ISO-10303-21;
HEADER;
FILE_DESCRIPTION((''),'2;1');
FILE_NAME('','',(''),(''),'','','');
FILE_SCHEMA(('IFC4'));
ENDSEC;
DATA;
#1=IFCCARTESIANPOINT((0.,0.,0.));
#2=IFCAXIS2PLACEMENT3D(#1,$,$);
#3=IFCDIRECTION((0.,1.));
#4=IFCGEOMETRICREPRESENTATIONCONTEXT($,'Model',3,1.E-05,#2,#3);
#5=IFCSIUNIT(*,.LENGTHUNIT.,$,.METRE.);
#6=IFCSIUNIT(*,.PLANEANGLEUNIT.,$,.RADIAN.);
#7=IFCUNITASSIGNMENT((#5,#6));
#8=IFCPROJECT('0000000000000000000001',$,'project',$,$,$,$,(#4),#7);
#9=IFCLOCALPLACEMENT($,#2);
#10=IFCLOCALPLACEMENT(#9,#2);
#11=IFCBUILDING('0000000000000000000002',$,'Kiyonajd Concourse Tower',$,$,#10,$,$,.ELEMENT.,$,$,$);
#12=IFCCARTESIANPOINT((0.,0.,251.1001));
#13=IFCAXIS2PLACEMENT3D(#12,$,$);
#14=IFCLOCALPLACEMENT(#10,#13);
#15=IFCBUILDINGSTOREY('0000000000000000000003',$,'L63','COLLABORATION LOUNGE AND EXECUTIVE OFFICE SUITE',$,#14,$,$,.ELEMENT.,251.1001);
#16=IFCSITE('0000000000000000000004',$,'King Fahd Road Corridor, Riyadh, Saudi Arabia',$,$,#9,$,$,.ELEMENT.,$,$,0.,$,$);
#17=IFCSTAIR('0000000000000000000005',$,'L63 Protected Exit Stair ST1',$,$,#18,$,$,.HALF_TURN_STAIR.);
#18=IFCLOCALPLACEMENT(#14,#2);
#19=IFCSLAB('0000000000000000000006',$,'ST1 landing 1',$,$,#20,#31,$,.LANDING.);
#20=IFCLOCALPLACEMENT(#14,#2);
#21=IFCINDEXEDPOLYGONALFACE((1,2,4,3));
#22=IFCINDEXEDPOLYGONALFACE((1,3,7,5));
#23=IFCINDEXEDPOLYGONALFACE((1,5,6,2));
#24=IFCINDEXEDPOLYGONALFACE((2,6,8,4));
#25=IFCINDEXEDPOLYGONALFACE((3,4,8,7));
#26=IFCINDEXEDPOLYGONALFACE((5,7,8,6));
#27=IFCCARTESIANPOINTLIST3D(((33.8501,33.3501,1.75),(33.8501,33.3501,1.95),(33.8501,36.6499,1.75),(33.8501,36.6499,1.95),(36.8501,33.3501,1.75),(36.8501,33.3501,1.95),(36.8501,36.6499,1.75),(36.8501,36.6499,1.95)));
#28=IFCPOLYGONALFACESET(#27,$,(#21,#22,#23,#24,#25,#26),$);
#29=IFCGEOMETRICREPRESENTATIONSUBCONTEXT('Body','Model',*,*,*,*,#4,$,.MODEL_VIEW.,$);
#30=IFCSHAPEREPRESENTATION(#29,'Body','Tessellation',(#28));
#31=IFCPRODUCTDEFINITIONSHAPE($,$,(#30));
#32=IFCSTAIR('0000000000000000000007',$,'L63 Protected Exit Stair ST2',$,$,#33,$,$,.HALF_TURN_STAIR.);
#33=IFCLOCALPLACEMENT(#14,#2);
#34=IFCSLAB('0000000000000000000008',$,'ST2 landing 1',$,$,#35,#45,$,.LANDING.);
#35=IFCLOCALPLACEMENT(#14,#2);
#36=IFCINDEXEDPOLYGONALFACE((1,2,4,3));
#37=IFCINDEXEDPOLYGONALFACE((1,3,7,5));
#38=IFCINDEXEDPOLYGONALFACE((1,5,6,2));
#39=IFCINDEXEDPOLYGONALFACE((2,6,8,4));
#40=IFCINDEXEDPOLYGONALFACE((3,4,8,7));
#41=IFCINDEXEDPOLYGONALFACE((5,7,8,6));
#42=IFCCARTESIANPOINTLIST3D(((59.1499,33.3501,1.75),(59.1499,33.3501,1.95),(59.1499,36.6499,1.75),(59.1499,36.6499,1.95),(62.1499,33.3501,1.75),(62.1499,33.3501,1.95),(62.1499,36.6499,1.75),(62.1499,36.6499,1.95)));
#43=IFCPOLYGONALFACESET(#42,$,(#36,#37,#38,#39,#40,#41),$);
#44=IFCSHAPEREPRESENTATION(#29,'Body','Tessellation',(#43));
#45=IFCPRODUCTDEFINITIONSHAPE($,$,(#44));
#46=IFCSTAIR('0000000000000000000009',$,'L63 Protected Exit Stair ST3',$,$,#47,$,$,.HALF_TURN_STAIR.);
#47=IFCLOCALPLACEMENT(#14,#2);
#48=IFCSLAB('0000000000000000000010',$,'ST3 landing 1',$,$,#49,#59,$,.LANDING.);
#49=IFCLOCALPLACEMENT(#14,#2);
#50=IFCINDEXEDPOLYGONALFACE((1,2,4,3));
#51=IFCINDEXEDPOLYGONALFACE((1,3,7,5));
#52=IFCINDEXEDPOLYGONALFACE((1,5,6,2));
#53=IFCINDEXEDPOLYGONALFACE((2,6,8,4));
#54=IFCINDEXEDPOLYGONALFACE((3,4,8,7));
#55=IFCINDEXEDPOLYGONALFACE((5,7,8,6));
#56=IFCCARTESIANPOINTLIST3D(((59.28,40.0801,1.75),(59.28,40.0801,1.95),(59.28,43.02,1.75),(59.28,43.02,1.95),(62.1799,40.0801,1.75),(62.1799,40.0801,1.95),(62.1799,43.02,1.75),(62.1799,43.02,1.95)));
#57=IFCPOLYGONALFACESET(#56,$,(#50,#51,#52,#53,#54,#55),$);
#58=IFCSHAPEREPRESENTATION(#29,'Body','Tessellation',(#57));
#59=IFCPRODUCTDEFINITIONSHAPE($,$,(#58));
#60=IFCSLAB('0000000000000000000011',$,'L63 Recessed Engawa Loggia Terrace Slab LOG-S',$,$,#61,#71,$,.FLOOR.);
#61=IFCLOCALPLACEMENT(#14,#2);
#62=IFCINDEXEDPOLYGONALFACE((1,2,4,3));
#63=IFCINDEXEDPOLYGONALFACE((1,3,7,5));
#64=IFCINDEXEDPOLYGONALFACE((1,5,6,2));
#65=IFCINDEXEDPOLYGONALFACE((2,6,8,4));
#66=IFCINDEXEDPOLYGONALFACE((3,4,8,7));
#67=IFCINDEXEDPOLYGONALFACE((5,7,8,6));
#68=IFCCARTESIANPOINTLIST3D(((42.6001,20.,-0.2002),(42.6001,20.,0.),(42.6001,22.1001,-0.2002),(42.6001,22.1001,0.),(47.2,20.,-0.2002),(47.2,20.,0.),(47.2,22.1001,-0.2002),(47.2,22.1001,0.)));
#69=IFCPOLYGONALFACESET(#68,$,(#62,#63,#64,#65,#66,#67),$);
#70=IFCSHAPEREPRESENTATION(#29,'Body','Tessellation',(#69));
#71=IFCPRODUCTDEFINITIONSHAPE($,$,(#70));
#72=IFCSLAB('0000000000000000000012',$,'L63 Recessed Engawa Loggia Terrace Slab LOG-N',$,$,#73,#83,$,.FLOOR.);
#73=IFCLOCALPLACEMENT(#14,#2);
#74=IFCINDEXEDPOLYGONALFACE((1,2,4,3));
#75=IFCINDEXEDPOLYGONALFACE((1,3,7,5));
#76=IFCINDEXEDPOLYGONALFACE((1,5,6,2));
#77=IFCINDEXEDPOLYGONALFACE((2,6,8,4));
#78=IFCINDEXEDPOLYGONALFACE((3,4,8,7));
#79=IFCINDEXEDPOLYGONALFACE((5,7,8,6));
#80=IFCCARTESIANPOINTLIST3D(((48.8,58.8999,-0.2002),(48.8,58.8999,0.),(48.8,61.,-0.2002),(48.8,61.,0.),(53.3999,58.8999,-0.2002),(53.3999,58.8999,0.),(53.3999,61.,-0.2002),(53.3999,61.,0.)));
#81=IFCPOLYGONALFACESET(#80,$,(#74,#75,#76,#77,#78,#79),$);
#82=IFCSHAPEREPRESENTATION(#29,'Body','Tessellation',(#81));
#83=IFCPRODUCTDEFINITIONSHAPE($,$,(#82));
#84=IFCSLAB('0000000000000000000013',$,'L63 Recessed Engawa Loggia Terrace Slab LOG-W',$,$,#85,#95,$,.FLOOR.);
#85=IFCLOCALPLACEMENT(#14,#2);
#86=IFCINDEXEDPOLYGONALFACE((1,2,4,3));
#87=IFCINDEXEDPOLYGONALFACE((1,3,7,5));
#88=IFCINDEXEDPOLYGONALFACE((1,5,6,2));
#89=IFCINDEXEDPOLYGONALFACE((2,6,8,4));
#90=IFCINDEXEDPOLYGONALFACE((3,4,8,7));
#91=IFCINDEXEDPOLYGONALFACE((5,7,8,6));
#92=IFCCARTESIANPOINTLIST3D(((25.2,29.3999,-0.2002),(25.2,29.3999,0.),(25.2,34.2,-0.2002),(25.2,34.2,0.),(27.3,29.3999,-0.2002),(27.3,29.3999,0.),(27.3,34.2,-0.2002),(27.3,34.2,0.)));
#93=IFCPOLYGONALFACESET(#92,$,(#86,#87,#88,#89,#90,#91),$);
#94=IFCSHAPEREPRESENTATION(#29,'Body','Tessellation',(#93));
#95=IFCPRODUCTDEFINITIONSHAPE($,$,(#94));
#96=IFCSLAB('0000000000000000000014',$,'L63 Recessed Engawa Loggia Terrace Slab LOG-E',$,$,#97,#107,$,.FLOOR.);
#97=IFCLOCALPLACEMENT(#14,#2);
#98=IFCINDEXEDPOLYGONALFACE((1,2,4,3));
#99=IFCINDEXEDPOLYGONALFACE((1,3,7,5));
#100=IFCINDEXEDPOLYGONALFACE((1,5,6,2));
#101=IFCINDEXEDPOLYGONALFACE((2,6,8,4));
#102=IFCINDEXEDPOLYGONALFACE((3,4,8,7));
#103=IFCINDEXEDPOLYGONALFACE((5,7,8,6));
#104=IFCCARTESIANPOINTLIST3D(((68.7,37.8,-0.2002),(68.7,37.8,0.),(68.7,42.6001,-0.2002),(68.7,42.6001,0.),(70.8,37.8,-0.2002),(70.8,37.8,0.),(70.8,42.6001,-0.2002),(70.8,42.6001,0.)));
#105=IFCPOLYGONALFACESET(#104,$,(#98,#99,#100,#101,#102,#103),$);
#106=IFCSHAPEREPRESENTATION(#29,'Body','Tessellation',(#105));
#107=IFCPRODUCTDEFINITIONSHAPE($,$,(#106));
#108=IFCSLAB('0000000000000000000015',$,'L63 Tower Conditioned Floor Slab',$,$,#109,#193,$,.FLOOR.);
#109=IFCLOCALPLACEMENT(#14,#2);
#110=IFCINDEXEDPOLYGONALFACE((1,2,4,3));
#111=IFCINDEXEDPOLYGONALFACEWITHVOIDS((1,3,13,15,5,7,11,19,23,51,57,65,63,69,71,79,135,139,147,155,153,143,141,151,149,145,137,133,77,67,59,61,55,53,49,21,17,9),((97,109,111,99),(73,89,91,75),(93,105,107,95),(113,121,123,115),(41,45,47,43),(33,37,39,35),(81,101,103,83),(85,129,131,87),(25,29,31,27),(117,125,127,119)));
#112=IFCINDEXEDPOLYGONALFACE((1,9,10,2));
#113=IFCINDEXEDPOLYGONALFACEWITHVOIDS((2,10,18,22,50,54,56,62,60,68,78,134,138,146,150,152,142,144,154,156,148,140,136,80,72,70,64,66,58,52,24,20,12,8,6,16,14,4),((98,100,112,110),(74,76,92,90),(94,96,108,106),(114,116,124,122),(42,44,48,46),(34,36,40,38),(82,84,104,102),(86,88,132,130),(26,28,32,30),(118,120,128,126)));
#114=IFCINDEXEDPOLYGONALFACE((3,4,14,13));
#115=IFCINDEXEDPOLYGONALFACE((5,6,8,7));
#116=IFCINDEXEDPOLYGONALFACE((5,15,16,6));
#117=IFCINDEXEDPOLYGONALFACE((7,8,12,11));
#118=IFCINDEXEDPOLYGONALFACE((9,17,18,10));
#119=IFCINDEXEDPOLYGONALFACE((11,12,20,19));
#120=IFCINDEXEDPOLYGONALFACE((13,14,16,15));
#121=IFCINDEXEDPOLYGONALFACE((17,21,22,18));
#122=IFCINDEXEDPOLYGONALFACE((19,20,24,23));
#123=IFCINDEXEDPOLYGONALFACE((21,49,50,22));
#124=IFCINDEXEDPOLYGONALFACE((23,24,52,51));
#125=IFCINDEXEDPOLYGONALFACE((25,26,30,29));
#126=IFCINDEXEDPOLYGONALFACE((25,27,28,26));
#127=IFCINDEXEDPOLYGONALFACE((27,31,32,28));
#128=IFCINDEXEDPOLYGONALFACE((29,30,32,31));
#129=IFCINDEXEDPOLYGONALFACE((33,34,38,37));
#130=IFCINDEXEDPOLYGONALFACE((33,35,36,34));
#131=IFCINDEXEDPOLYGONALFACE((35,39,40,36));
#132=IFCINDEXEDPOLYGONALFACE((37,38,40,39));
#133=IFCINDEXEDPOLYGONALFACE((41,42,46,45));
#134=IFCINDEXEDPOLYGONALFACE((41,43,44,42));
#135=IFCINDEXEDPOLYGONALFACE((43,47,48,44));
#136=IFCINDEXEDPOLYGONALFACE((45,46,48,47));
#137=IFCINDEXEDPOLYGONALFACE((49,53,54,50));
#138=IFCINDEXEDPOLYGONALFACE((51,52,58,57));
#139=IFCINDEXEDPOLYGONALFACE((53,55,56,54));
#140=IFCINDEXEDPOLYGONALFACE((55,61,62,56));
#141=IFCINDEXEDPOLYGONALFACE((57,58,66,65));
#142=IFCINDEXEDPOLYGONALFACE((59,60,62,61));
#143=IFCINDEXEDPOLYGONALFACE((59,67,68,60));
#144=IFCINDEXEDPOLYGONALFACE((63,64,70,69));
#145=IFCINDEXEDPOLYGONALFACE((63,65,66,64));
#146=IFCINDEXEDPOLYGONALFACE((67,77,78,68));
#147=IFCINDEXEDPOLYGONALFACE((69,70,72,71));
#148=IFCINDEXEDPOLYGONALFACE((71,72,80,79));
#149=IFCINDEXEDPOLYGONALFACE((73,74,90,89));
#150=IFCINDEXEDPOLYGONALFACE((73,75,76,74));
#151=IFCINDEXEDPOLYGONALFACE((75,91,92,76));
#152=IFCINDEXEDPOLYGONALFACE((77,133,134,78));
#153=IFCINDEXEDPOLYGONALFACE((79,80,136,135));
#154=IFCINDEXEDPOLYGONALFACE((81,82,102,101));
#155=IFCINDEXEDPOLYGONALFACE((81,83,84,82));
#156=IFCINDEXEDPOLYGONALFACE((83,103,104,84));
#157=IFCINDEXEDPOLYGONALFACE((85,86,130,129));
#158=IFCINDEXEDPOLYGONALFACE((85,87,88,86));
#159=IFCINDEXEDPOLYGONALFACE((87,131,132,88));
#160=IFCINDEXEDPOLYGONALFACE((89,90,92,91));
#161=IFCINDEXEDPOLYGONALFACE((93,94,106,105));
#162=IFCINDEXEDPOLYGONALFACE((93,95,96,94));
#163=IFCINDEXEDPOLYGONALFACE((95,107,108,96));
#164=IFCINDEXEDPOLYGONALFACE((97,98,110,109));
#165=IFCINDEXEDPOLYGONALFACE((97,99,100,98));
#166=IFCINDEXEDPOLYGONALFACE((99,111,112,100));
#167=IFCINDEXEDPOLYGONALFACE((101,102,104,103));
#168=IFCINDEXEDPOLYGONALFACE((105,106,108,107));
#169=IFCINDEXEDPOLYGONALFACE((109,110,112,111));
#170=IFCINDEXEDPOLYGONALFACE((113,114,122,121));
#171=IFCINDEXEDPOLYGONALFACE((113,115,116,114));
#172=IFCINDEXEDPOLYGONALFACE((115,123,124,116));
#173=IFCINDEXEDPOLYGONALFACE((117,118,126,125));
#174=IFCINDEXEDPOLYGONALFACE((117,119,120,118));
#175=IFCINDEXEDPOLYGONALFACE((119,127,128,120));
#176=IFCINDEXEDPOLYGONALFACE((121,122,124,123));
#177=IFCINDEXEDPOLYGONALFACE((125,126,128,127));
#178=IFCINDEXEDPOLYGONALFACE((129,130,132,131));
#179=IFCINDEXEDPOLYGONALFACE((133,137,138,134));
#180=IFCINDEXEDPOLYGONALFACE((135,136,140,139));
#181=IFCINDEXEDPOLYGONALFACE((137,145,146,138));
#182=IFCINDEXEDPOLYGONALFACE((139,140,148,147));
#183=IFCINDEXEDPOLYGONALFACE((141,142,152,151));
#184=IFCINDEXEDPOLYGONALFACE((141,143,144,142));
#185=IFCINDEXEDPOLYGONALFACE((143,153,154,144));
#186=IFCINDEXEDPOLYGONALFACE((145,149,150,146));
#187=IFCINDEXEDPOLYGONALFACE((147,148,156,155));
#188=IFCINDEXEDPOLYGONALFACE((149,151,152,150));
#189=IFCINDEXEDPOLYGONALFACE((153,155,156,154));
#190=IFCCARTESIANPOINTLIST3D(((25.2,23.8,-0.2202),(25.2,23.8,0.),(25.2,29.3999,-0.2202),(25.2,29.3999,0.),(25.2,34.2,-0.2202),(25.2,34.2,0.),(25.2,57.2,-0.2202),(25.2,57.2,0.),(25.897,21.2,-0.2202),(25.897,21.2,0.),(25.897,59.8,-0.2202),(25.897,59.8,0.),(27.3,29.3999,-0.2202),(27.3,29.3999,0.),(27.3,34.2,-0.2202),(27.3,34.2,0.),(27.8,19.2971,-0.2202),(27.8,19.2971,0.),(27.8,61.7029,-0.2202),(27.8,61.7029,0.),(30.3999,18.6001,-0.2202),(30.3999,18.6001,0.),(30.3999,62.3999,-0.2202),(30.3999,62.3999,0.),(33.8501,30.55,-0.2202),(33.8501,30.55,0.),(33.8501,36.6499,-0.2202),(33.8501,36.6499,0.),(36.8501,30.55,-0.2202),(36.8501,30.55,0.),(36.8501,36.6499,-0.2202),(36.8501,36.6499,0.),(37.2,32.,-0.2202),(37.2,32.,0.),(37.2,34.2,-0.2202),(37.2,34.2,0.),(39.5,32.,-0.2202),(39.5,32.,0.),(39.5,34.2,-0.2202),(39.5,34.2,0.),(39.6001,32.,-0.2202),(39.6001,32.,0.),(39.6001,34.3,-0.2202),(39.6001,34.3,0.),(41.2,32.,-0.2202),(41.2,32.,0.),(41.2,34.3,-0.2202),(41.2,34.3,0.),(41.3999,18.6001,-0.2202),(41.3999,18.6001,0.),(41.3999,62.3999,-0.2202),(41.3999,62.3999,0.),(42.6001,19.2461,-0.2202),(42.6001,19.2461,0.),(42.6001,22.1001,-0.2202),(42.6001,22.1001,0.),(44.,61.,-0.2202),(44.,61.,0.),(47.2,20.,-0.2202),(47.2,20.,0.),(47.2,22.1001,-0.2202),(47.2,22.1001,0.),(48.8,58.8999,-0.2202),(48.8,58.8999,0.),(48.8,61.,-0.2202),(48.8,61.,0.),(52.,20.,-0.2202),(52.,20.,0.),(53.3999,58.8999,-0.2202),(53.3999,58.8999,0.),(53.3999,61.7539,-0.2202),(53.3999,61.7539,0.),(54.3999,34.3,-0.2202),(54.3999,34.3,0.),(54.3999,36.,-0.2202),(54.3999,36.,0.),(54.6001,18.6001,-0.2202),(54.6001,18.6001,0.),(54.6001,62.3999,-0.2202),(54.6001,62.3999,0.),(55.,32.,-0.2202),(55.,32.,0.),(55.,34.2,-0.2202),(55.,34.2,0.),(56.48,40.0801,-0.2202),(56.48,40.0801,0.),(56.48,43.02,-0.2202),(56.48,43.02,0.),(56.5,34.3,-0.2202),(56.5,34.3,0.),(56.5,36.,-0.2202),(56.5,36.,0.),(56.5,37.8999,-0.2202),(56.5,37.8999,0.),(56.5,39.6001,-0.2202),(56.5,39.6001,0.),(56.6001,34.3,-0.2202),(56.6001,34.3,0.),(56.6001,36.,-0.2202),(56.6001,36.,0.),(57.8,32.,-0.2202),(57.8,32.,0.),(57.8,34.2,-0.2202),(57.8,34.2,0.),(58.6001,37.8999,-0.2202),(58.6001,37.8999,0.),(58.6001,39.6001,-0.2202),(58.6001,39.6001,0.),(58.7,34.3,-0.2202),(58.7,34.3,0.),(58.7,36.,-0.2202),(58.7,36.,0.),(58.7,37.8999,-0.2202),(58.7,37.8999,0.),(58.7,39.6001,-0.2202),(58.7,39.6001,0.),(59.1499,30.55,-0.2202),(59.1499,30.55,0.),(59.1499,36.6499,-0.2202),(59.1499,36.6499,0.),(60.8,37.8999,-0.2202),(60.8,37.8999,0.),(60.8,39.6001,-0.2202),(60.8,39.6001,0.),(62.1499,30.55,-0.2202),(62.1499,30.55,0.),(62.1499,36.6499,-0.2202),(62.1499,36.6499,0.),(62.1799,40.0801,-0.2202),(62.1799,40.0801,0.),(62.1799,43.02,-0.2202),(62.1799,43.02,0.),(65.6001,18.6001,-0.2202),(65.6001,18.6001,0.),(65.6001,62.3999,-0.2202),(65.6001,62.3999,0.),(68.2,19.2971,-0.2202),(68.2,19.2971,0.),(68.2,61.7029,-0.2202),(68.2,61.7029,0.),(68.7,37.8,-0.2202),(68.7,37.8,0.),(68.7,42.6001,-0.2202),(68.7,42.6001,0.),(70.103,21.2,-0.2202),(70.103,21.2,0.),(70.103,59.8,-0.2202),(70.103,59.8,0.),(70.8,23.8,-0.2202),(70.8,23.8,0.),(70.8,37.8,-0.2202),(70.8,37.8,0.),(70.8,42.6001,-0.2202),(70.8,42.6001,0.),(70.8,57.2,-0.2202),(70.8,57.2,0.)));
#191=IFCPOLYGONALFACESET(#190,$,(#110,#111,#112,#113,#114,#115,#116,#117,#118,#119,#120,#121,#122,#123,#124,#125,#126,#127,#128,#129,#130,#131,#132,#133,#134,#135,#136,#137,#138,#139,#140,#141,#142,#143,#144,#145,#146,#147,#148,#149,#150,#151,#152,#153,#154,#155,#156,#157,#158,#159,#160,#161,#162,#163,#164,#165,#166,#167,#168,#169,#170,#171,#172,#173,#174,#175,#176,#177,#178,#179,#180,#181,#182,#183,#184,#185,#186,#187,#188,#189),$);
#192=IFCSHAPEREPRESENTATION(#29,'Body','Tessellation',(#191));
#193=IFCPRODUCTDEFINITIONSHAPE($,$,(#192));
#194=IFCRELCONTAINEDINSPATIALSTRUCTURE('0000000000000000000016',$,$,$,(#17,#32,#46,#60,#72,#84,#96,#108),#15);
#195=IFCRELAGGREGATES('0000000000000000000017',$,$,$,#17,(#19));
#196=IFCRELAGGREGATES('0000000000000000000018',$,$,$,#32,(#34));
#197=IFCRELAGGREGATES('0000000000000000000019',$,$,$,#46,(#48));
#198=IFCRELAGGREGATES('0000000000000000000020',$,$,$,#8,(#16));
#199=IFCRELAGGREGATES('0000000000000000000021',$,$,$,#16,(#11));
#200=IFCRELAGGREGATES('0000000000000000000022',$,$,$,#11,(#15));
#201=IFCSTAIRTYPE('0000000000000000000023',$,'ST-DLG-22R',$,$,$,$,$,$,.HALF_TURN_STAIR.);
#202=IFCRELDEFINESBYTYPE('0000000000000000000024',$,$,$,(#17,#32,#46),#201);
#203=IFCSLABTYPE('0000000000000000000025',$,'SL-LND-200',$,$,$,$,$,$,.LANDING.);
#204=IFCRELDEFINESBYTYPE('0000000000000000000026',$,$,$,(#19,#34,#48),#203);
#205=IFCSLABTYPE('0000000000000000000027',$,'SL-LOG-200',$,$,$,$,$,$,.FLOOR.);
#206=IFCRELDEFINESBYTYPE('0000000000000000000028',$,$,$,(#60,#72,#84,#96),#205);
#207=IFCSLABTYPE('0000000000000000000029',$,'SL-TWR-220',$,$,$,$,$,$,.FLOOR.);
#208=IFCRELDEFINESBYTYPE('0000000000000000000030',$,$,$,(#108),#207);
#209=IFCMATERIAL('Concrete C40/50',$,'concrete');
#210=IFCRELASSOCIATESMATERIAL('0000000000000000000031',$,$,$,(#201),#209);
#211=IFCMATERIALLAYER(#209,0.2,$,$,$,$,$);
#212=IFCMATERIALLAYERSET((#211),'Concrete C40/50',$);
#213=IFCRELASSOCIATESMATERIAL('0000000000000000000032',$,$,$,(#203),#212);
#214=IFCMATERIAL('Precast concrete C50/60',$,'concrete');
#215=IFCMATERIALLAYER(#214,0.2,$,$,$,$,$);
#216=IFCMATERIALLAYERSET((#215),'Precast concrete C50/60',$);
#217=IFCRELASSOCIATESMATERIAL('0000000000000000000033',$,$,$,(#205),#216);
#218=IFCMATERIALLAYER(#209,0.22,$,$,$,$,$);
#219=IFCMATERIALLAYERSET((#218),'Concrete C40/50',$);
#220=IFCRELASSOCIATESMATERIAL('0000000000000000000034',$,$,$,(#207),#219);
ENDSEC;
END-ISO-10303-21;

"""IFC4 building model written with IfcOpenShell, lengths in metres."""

from ifc_helpers import new_model, si_unit, direction, frame, origin, place, context, subcontext, project, spatial, polyline, outline, extrude, material, layer, layer_set, type_object, element, aggregate, save


model = new_model("IFC4")

# Units and contexts
model_context = context("Model", 3, precision=1e-05, world=origin(), true_north=direction((0.0, 1.0)))
body_context = subcontext(model_context, "Body", "Model", "MODEL_VIEW")
ifc_project = project(units=[si_unit("LENGTHUNIT", "METRE"), si_unit("PLANEANGLEUNIT", "RADIAN")], contexts=[model_context])

# Site, building, storey
site_placement = place(None, origin())
site = spatial("IfcSite", under=ifc_project, at=site_placement, Name="King Fahd Road Corridor, Riyadh, Saudi Arabia", CompositionType="ELEMENT", RefElevation=0.0)
building_placement = place(site_placement, origin())
building = spatial("IfcBuilding", under=site, at=building_placement, Name="Kiyonajd Concourse Tower", CompositionType="ELEMENT")
storey_placement = place(building_placement, frame((0.0, 0.0, 251.1001)))
storey = spatial("IfcBuildingStorey", under=building, at=storey_placement, Name="L63", Description="COLLABORATION LOUNGE AND EXECUTIVE OFFICE SUITE", CompositionType="ELEMENT", Elevation=251.1001)

# Stairs, slabs
ifc_material_1 = material(Name="Concrete C40/50", Category="concrete")
stair_type = type_object("IfcStairType", Name="ST-DLG-22R", PredefinedType="HALF_TURN_STAIR", material=ifc_material_1)
stair_1_placement = place(storey_placement, origin())
stair_1 = element("IfcStair", 1, at=stair_1_placement, inside=storey, type_object=stair_type, Name="L63 Protected Exit Stair ST1", PredefinedType="HALF_TURN_STAIR")
ifc_layer_1 = layer(ifc_material_1, 0.2)
ifc_layer_set_1 = layer_set([ifc_layer_1], Name="Concrete C40/50")
slab_type_1 = type_object("IfcSlabType", Name="SL-LND-200", PredefinedType="LANDING", material=ifc_layer_set_1)
slab_1_placement = place(storey_placement, frame((0.0, 0.0, 1.75)))
slab_1 = element("IfcSlab", 2, at=slab_1_placement, type_object=slab_type_1, Name="ST1 landing 1", PredefinedType="LANDING", context=body_context, shape_type="SweptSolid", body=[
    extrude(outline(polyline([(36.8501, 33.3501), (36.8501, 36.6499), (33.8501, 36.6499), (33.8501, 33.3501), (36.8501, 33.3501)])), origin(), (0.0, 0.0, 1.0), 0.2),
])
aggregate(stair_1, [slab_1])
stair_2_placement = place(storey_placement, origin())
stair_2 = element("IfcStair", 3, at=stair_2_placement, inside=storey, type_object=stair_type, Name="L63 Protected Exit Stair ST2", PredefinedType="HALF_TURN_STAIR")
slab_2_placement = place(storey_placement, frame((0.0, 0.0, 1.75)))
slab_2 = element("IfcSlab", 4, at=slab_2_placement, type_object=slab_type_1, Name="ST2 landing 1", PredefinedType="LANDING", context=body_context, shape_type="SweptSolid", body=[
    extrude(outline(polyline([(62.1499, 33.3501), (62.1499, 36.6499), (59.1499, 36.6499), (59.1499, 33.3501), (62.1499, 33.3501)])), origin(), (0.0, 0.0, 1.0), 0.2),
])
aggregate(stair_2, [slab_2])
stair_3_placement = place(storey_placement, origin())
stair_3 = element("IfcStair", 5, at=stair_3_placement, inside=storey, type_object=stair_type, Name="L63 Protected Exit Stair ST3", PredefinedType="HALF_TURN_STAIR")
slab_3_placement = place(storey_placement, frame((0.0, 0.0, 1.75)))
slab_3 = element("IfcSlab", 6, at=slab_3_placement, type_object=slab_type_1, Name="ST3 landing 1", PredefinedType="LANDING", context=body_context, shape_type="SweptSolid", body=[
    extrude(outline(polyline([(59.28, 40.0801), (62.1799, 40.0801), (62.1799, 43.02), (59.28, 43.02), (59.28, 40.0801)])), origin(), (0.0, 0.0, 1.0), 0.2),
])
aggregate(stair_3, [slab_3])

# Slabs
ifc_material_2 = material(Name="Precast concrete C50/60", Category="concrete")
ifc_layer_2 = layer(ifc_material_2, 0.2)
ifc_layer_set_2 = layer_set([ifc_layer_2], Name="Precast concrete C50/60")
slab_type_2 = type_object("IfcSlabType", Name="SL-LOG-200", PredefinedType="FLOOR", material=ifc_layer_set_2)
slab_4_placement = place(storey_placement, frame((0.0, 0.0, -0.2002)))
element("IfcSlab", 7, at=slab_4_placement, inside=storey, type_object=slab_type_2, Name="L63 Recessed Engawa Loggia Terrace Slab LOG-S", PredefinedType="FLOOR", context=body_context, shape_type="SweptSolid", body=[
    extrude(outline(polyline([(42.6001, 20.0), (47.2, 20.0), (47.2, 22.1001), (42.6001, 22.1001), (42.6001, 20.0)])), origin(), (0.0, 0.0, 1.0), 0.2002),
])
slab_5_placement = place(storey_placement, frame((0.0, 0.0, -0.2002)))
element("IfcSlab", 8, at=slab_5_placement, inside=storey, type_object=slab_type_2, Name="L63 Recessed Engawa Loggia Terrace Slab LOG-N", PredefinedType="FLOOR", context=body_context, shape_type="SweptSolid", body=[
    extrude(outline(polyline([(48.8, 58.8999), (53.3999, 58.8999), (53.3999, 61.0), (48.8, 61.0), (48.8, 58.8999)])), origin(), (0.0, 0.0, 1.0), 0.2002),
])
slab_6_placement = place(storey_placement, frame((0.0, 0.0, -0.2002)))
element("IfcSlab", 9, at=slab_6_placement, inside=storey, type_object=slab_type_2, Name="L63 Recessed Engawa Loggia Terrace Slab LOG-W", PredefinedType="FLOOR", context=body_context, shape_type="SweptSolid", body=[
    extrude(outline(polyline([(25.2, 29.3999), (27.3, 29.3999), (27.3, 34.2), (25.2, 34.2), (25.2, 29.3999)])), origin(), (0.0, 0.0, 1.0), 0.2002),
])
slab_7_placement = place(storey_placement, frame((0.0, 0.0, -0.2002)))
element("IfcSlab", 10, at=slab_7_placement, inside=storey, type_object=slab_type_2, Name="L63 Recessed Engawa Loggia Terrace Slab LOG-E", PredefinedType="FLOOR", context=body_context, shape_type="SweptSolid", body=[
    extrude(outline(polyline([(68.7, 37.8), (70.8, 37.8), (70.8, 42.6001), (68.7, 42.6001), (68.7, 37.8)])), origin(), (0.0, 0.0, 1.0), 0.2002),
])
ifc_layer_3 = layer(ifc_material_1, 0.22)
ifc_layer_set_3 = layer_set([ifc_layer_3], Name="Concrete C40/50")
slab_type_3 = type_object("IfcSlabType", Name="SL-TWR-220", PredefinedType="FLOOR", material=ifc_layer_set_3)
slab_8_placement = place(storey_placement, frame((0.0, 0.0, -0.2202)))
element("IfcSlab", 11, at=slab_8_placement, inside=storey, type_object=slab_type_3, Name="L63 Tower Conditioned Floor Slab", PredefinedType="FLOOR", context=body_context, shape_type="SweptSolid", body=[
    extrude(outline(polyline([(25.897, 21.2), (25.2, 23.8), (25.2, 29.3999), (27.3, 29.3999), (27.3, 34.2), (25.2, 34.2), (25.2, 57.2), (25.897, 59.8), (27.8, 61.7029), (30.3999, 62.3999), (41.3999, 62.3999), (44.0, 61.0), (48.8, 61.0), (48.8, 58.8999), (53.3999, 58.8999), (53.3999, 61.7539), (54.6001, 62.3999), (65.6001, 62.3999), (68.2, 61.7029), (70.103, 59.8), (70.8, 57.2), (70.8, 42.6001), (68.7, 42.6001), (68.7, 37.8), (70.8, 37.8), (70.8, 23.8), (70.103, 21.2), (68.2, 19.2971), (65.6001, 18.6001), (54.6001, 18.6001), (52.0, 20.0), (47.2, 20.0), (47.2, 22.1001), (42.6001, 22.1001), (42.6001, 19.2461), (41.3999, 18.6001), (30.3999, 18.6001), (27.8, 19.2971), (25.897, 21.2)]), holes=[polyline([(39.5, 32.0), (37.2, 32.0), (37.2, 34.2), (39.5, 34.2), (39.5, 32.0)]), polyline([(57.8, 32.0), (55.0, 32.0), (55.0, 34.2), (57.8, 34.2), (57.8, 32.0)]), polyline([(41.2, 32.0), (39.6001, 32.0), (39.6001, 34.3), (41.2, 34.3), (41.2, 32.0)]), polyline([(33.8501, 30.55), (33.8501, 36.6499), (36.8501, 36.6499), (36.8501, 30.55), (33.8501, 30.55)]), polyline([(59.1499, 30.55), (59.1499, 36.6499), (62.1499, 36.6499), (62.1499, 30.55), (59.1499, 30.55)]), polyline([(56.5, 34.3), (54.3999, 34.3), (54.3999, 36.0), (56.5, 36.0), (56.5, 34.3)]), polyline([(58.7, 34.3), (56.6001, 34.3), (56.6001, 36.0), (58.7, 36.0), (58.7, 34.3)]), polyline([(58.6001, 37.8999), (56.5, 37.8999), (56.5, 39.6001), (58.6001, 39.6001), (58.6001, 37.8999)]), polyline([(58.7, 37.8999), (58.7, 39.6001), (60.8, 39.6001), (60.8, 37.8999), (58.7, 37.8999)]), polyline([(56.48, 43.02), (62.1799, 43.02), (62.1799, 40.0801), (56.48, 40.0801), (56.48, 43.02)])]), origin(), (0.0, 0.0, 1.0), 0.2202),
])

save(model, "model.ifc")
